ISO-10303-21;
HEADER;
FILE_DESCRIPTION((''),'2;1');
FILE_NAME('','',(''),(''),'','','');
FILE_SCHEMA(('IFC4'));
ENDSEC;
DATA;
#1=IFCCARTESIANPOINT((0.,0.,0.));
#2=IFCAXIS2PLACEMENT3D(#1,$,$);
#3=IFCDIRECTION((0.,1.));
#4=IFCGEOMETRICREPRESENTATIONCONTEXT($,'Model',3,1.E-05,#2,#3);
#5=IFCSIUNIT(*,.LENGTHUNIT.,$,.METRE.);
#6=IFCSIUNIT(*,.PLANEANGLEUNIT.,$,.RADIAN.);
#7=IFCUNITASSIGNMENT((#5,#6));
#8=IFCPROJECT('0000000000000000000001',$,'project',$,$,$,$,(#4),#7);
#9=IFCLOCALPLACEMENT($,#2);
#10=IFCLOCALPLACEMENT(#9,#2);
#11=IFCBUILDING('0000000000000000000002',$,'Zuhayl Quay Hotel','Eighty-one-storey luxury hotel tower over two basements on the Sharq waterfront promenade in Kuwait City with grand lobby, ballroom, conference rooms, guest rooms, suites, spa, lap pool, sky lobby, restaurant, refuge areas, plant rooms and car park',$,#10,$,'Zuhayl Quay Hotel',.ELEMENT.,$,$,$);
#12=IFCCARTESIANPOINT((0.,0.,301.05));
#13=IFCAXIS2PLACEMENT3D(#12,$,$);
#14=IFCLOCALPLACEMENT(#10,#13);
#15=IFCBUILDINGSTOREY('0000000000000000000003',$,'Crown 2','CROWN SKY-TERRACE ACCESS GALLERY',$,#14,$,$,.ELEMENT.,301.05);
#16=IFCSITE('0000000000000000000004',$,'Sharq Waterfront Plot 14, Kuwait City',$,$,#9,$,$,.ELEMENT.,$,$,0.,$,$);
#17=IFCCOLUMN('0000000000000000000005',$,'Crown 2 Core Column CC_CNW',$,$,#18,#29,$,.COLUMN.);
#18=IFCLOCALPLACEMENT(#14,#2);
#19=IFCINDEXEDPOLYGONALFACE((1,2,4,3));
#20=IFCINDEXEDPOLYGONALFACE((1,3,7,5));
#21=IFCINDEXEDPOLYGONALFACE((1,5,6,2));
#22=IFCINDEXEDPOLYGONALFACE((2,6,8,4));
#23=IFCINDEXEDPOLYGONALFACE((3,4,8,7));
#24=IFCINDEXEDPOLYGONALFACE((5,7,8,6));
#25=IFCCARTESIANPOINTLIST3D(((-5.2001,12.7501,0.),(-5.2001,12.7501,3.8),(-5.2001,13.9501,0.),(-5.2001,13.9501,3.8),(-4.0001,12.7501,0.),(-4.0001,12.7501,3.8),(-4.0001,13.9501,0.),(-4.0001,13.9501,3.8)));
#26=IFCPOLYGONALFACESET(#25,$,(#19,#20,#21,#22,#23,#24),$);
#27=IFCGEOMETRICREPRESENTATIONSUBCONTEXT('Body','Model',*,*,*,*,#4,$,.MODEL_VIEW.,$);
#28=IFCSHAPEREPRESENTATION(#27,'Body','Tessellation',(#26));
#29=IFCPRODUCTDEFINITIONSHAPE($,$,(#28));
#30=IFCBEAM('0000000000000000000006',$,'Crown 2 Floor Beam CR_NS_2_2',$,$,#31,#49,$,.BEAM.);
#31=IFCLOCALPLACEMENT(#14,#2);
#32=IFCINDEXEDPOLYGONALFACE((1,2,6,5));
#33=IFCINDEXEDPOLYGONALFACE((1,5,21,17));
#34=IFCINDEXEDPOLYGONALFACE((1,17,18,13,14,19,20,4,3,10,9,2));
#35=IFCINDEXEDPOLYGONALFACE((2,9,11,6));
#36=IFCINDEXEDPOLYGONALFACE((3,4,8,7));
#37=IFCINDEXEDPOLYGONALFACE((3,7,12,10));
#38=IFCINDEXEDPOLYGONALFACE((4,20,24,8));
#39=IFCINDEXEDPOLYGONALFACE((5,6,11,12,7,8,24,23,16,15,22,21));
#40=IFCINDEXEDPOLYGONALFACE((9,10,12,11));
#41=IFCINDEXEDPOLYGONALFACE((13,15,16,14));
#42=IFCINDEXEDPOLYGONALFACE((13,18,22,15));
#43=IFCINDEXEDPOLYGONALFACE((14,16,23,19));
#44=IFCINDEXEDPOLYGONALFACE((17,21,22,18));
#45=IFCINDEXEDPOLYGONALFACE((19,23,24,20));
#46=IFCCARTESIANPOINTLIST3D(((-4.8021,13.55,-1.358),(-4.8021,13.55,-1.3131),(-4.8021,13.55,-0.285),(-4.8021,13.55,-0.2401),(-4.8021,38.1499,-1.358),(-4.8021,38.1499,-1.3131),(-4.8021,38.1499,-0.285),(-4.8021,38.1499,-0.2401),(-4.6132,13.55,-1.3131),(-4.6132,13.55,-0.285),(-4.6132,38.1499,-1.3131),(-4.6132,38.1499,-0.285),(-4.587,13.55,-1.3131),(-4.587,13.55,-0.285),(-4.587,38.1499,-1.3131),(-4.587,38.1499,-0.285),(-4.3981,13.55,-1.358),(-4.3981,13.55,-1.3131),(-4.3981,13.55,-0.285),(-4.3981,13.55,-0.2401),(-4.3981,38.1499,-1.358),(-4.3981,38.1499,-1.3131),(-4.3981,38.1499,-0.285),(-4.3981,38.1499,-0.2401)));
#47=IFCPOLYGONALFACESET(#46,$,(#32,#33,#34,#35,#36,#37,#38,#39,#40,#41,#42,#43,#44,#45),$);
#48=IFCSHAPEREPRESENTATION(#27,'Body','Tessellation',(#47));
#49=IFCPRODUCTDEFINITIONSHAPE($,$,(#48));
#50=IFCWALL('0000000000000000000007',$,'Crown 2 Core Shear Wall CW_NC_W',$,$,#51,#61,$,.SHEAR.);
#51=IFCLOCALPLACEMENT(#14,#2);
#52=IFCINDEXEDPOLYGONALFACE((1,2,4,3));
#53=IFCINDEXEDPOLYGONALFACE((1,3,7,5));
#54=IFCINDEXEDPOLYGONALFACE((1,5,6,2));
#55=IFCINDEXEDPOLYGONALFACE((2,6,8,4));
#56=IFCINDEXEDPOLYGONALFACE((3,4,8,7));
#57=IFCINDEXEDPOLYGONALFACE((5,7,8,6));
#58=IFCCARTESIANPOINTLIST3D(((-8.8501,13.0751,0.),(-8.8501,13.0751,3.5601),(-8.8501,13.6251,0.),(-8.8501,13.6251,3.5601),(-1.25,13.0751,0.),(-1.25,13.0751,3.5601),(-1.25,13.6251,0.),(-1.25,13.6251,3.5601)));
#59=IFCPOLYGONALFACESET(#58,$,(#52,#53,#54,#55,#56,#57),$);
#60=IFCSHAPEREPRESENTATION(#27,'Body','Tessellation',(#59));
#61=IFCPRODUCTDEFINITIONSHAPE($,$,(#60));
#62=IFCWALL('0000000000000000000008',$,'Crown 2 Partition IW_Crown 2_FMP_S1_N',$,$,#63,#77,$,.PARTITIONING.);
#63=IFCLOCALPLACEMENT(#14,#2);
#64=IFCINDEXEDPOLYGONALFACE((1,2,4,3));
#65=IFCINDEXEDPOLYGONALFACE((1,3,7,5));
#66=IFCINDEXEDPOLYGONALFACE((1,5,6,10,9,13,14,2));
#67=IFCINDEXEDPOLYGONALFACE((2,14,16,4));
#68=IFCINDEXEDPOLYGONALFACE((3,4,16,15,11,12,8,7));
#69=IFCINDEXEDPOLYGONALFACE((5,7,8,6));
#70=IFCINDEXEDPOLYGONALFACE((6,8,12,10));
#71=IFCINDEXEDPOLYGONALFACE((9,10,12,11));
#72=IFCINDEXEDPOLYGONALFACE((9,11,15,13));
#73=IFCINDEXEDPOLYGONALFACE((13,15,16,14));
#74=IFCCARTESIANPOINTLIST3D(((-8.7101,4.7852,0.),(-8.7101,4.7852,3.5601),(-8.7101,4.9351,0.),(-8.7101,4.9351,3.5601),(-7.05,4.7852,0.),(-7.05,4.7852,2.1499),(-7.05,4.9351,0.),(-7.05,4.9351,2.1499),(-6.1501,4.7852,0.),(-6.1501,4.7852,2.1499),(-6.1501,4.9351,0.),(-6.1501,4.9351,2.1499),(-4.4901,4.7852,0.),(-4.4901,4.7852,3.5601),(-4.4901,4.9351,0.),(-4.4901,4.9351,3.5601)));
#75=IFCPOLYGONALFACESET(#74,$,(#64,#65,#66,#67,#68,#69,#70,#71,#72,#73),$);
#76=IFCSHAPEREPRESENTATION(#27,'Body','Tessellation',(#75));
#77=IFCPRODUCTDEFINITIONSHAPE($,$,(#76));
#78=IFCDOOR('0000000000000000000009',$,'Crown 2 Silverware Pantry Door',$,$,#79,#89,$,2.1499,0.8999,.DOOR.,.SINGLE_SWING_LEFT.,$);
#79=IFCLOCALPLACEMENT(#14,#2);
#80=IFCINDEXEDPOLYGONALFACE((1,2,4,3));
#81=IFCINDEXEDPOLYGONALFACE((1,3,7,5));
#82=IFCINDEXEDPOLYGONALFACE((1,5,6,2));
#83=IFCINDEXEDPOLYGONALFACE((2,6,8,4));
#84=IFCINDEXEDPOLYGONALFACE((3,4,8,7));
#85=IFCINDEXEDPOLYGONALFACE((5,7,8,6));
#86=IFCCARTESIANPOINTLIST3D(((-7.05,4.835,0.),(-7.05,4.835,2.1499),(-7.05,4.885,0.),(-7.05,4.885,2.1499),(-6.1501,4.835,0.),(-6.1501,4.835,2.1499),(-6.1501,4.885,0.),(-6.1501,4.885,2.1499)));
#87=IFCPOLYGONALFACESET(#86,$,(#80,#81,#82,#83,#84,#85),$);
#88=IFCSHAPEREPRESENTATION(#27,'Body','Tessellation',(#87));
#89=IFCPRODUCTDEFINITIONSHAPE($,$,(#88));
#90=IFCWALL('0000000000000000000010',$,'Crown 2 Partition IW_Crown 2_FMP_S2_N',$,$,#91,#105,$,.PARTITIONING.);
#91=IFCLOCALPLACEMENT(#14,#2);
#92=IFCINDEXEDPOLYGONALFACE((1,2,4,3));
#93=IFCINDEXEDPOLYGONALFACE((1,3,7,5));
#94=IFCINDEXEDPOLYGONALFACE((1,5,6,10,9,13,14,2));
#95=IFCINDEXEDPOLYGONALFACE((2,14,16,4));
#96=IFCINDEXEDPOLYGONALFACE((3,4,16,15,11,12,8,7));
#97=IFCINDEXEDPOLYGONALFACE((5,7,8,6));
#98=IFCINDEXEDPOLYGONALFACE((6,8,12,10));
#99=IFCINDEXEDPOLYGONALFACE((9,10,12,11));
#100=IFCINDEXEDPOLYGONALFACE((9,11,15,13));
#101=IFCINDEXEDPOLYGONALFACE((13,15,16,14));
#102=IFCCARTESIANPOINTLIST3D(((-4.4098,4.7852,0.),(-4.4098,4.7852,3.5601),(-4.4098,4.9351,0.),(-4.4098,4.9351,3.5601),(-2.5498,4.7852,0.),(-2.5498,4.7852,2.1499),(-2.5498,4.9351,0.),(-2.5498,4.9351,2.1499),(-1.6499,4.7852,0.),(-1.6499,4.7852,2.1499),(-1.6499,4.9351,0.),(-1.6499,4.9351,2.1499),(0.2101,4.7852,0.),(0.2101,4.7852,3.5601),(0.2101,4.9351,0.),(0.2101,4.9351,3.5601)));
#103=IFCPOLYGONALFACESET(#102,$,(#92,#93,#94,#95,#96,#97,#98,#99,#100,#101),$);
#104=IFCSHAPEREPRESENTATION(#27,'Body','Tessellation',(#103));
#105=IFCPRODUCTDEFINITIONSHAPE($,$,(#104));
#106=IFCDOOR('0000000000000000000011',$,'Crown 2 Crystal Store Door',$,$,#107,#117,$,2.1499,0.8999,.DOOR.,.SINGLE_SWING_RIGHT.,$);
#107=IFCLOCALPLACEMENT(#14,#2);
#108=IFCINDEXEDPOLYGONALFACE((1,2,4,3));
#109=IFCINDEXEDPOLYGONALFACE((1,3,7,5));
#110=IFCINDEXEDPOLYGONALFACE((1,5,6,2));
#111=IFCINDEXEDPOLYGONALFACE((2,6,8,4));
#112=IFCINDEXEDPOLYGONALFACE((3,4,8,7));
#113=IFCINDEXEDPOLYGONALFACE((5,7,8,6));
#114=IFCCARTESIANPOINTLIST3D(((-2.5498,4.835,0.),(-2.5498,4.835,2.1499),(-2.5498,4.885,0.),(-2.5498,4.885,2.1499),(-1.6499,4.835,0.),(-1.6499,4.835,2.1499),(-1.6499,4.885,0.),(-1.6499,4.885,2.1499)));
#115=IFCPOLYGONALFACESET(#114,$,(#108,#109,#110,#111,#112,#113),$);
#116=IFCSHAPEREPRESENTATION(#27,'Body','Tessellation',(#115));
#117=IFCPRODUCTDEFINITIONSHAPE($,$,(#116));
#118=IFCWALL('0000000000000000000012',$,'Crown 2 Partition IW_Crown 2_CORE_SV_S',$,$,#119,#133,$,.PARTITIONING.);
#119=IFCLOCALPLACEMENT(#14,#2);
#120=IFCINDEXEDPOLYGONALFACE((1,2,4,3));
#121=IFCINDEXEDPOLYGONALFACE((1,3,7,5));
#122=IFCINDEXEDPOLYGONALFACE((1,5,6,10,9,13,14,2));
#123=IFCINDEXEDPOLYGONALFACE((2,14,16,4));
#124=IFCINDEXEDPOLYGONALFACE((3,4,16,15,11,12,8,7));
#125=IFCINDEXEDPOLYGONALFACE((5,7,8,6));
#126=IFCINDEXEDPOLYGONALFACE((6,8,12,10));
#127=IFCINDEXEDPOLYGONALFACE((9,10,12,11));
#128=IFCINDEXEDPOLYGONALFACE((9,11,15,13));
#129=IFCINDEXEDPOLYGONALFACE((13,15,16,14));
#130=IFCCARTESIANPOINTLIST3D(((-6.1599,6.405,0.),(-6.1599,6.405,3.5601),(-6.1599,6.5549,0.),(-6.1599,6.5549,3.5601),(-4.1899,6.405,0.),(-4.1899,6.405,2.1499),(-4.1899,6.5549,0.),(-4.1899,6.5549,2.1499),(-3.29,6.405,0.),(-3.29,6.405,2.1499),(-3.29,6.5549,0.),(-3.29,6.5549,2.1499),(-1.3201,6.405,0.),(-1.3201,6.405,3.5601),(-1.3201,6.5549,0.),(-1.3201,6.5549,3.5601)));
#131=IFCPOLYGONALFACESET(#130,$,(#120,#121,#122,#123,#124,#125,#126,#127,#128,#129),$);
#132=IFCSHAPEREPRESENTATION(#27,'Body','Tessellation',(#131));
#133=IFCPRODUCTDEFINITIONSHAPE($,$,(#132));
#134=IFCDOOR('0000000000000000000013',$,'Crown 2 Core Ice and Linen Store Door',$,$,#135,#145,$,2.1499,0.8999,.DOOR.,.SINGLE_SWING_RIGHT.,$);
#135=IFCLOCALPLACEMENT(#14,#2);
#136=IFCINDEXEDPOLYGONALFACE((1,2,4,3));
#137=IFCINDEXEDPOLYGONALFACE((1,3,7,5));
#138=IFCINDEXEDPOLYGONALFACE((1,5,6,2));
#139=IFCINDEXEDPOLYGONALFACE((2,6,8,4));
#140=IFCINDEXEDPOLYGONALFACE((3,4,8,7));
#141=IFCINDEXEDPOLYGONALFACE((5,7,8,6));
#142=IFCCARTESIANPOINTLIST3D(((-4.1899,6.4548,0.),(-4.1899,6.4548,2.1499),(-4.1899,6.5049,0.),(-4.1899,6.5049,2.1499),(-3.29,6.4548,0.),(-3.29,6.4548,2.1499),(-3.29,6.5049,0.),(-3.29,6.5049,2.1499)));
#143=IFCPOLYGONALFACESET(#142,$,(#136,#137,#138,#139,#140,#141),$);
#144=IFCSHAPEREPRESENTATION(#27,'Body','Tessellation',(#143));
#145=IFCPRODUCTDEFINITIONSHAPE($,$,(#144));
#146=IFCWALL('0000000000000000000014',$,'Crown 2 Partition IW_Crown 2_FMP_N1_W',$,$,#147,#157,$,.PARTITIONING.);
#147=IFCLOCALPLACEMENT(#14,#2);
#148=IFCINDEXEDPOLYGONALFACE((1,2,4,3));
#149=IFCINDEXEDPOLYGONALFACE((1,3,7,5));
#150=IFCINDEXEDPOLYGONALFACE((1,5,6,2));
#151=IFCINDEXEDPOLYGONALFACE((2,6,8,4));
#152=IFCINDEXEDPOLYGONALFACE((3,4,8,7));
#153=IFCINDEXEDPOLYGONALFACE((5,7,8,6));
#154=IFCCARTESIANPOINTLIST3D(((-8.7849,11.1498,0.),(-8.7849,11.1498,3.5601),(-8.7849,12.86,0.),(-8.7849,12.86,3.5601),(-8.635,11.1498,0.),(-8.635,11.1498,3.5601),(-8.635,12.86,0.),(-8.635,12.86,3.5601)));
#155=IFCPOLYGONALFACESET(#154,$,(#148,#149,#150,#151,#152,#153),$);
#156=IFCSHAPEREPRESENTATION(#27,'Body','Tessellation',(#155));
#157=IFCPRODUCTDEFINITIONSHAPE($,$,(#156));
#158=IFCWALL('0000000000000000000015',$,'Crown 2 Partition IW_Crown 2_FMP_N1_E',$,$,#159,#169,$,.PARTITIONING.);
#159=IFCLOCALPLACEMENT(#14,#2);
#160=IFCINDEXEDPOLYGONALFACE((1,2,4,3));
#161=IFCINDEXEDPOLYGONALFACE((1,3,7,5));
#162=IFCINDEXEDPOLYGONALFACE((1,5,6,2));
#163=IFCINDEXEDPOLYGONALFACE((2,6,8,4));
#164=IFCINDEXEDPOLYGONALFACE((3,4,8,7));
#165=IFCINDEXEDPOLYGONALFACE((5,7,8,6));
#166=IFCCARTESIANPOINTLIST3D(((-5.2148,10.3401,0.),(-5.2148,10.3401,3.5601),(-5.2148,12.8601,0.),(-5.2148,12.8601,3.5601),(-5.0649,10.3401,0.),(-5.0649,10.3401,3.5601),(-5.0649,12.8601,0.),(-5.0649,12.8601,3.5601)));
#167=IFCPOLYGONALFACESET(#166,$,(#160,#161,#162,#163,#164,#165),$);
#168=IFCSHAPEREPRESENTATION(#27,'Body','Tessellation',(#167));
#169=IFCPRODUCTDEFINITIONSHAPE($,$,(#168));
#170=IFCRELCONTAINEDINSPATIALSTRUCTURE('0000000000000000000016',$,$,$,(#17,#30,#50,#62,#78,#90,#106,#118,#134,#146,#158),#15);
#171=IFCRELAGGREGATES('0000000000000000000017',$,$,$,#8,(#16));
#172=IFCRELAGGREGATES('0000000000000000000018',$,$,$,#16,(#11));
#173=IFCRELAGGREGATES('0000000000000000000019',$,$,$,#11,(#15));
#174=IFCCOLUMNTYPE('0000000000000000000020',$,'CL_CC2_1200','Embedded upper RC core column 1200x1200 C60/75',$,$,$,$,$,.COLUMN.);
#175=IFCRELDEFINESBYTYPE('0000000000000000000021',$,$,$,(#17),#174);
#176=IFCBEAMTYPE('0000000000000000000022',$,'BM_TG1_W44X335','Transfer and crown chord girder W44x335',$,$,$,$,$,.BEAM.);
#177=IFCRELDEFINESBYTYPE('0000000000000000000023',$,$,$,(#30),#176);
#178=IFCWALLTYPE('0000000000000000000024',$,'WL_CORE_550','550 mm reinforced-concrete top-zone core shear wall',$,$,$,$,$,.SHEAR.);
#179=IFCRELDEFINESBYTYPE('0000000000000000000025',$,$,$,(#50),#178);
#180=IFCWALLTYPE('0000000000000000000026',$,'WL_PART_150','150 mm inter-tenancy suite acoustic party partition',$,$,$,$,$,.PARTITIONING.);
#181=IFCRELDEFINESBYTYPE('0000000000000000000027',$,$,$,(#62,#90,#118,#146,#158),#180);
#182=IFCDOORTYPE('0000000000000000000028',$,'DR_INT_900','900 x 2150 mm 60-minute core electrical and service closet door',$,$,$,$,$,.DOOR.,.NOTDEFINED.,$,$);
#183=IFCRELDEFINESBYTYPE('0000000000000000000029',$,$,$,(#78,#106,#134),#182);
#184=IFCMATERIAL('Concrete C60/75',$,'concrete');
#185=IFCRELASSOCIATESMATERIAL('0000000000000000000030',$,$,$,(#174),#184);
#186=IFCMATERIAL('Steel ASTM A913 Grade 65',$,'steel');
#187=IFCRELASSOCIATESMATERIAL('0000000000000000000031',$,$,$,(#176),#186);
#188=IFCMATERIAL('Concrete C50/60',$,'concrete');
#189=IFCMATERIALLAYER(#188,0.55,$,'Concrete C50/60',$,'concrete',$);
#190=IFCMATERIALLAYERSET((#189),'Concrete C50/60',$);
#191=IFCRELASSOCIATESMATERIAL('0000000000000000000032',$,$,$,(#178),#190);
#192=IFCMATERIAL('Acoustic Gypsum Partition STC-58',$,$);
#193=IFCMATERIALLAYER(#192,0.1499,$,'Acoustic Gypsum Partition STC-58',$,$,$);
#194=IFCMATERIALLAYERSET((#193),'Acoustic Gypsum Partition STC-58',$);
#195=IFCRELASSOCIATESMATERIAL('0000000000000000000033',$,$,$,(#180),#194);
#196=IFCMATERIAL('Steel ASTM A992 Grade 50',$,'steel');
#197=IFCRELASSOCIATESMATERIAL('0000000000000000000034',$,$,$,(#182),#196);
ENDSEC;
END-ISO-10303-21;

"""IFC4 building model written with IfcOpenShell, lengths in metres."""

from ifc_helpers import new_model, si_unit, direction, frame, frame_2d, origin, origin_2d, place, context, subcontext, project, spatial, rectangle, i_section, extrude, material, layer, layer_set, material_profile, profile_set, type_object, element, fill, save


model = new_model("IFC4")

# Units and contexts
model_context = context("Model", 3, precision=1e-05, world=origin(), true_north=direction((0.0, 1.0)))
body_context = subcontext(model_context, "Body", "Model", "MODEL_VIEW")
ifc_project = project(units=[si_unit("LENGTHUNIT", "METRE"), si_unit("PLANEANGLEUNIT", "RADIAN")], contexts=[model_context])

# Site, building, storey
site_placement = place(None, origin())
site = spatial("IfcSite", under=ifc_project, at=site_placement, Name="Sharq Waterfront Plot 14, Kuwait City", CompositionType="ELEMENT", RefElevation=0.0)
building_placement = place(site_placement, origin())
building = spatial("IfcBuilding", under=site, at=building_placement, Name="Zuhayl Quay Hotel", Description="Eighty-one-storey luxury hotel tower over two basements on the Sharq waterfront promenade in Kuwait City with grand lobby, ballroom, conference rooms, guest rooms, suites, spa, lap pool, sky lobby, restaurant, refuge areas, plant rooms and car park", LongName="Zuhayl Quay Hotel", CompositionType="ELEMENT")
storey_placement = place(building_placement, frame((0.0, 0.0, 301.05)))
storey = spatial("IfcBuildingStorey", under=building, at=storey_placement, Name="Crown 2", Description="CROWN SKY-TERRACE ACCESS GALLERY", CompositionType="ELEMENT", Elevation=301.05)

# Column
ifc_material_1 = material(Name="Concrete C60/75", Category="concrete")
ifc_material_profile_1 = material_profile(ifc_material_1, rectangle(XDim=1.2, YDim=1.2, at=origin_2d()), Name="RC1200X1200")
ifc_profile_set_1 = profile_set([ifc_material_profile_1], Name="Concrete C60/75")
column_type = type_object("IfcColumnType", Name="CL_CC2_1200", Description="Embedded upper RC core column 1200x1200 C60/75", PredefinedType="COLUMN", material=ifc_profile_set_1)
column_placement = place(storey_placement, frame((-4.6001, 13.3501, 0.0), z_axis=(0.0, 0.0, 1.0), x_axis=(1.0, 0.0, 0.0)))
element("IfcColumn", 1, at=column_placement, inside=storey, type_object=column_type, Name="Crown 2 Core Column CC_CNW", PredefinedType="COLUMN", context=body_context, shape_type="SweptSolid", body=[
    extrude(rectangle(XDim=1.2, YDim=1.2, at=origin_2d()), origin(), (0.0, 0.0, 1.0), 3.8),
])

# Beam
ifc_material_2 = material(Name="Steel ASTM A913 Grade 65", Category="steel")
ifc_material_profile_2 = material_profile(ifc_material_2, i_section(OverallWidth=0.4041, OverallDepth=1.1179, WebThickness=0.0261, FlangeThickness=0.0449, at=origin_2d()), Name="W44X335")
ifc_profile_set_2 = profile_set([ifc_material_profile_2], Name="Steel ASTM A913 Grade 65")
beam_type = type_object("IfcBeamType", Name="BM_TG1_W44X335", Description="Transfer and crown chord girder W44x335", PredefinedType="BEAM", material=ifc_profile_set_2)
beam_placement = place(storey_placement, frame((-4.6001, 13.55, -0.7991), z_axis=(0.0, 1.0, 0.0), x_axis=(-1.0, 0.0, 0.0)))
element("IfcBeam", 2, at=beam_placement, inside=storey, type_object=beam_type, Name="Crown 2 Floor Beam CR_NS_2_2", PredefinedType="BEAM", context=body_context, shape_type="SweptSolid", body=[
    extrude(i_section(OverallWidth=0.4041, OverallDepth=1.1179, WebThickness=0.0261, FlangeThickness=0.0449, at=origin_2d()), origin(), (0.0, 0.0, 1.0), 24.5999),
])

# Wall
ifc_material_3 = material(Name="Concrete C50/60", Category="concrete")
ifc_layer_1 = layer(ifc_material_3, 0.55, Name="Concrete C50/60", Category="concrete")
ifc_layer_set_1 = layer_set([ifc_layer_1], Name="Concrete C50/60")
wall_type_1 = type_object("IfcWallType", Name="WL_CORE_550", Description="550 mm reinforced-concrete top-zone core shear wall", PredefinedType="SHEAR", material=ifc_layer_set_1)
wall_1_placement = place(storey_placement, frame((-8.8501, 13.3501, 0.0), z_axis=(0.0, 0.0, 1.0), x_axis=(1.0, 0.0, 0.0)))
element("IfcWall", 3, at=wall_1_placement, inside=storey, type_object=wall_type_1, Name="Crown 2 Core Shear Wall CW_NC_W", PredefinedType="SHEAR", context=body_context, shape_type="SweptSolid", body=[
    extrude(rectangle(XDim=7.6001, YDim=0.55, at=frame_2d((3.8, 0.0))), origin(), (0.0, 0.0, 1.0), 3.5601),
])

# Walls, openings, doors
ifc_material_4 = material(Name="Acoustic Gypsum Partition STC-58")
ifc_layer_2 = layer(ifc_material_4, 0.1499, Name="Acoustic Gypsum Partition STC-58")
ifc_layer_set_2 = layer_set([ifc_layer_2], Name="Acoustic Gypsum Partition STC-58")
wall_type_2 = type_object("IfcWallType", Name="WL_PART_150", Description="150 mm inter-tenancy suite acoustic party partition", PredefinedType="PARTITIONING", material=ifc_layer_set_2)
wall_2_placement = place(storey_placement, frame((-8.71, 4.8601, 0.0), z_axis=(0.0, 0.0, 1.0), x_axis=(1.0, 0.0, 0.0)))
wall_2 = element("IfcWall", 4, at=wall_2_placement, inside=storey, type_object=wall_type_2, Name="Crown 2 Partition IW_Crown 2_FMP_S1_N", PredefinedType="PARTITIONING", context=body_context, shape_type="SweptSolid", body=[
    extrude(rectangle(XDim=4.22, YDim=0.1499, at=frame_2d((2.1099, 0.0))), origin(), (0.0, 0.0, 1.0), 3.5601),
])
opening_1_placement = place(wall_2_placement, frame((1.6599, 0.0, 0.0)))
opening_1 = element("IfcOpeningElement", 5, at=opening_1_placement, cuts=wall_2, PredefinedType="OPENING", context=body_context, shape_type="SweptSolid", body=[
    extrude(rectangle(XDim=0.8999, YDim=2.1499, at=frame_2d((0.45, 1.075))), frame((0.0, 0.085, 0.0), z_axis=(0.0, -1.0, 0.0), x_axis=(1.0, 0.0, 0.0)), (0.0, 0.0, 1.0), 0.1699),
])
ifc_material_5 = material(Name="Steel ASTM A992 Grade 50", Category="steel")
door_type_1 = type_object("IfcDoorType", Name="DR_INT_900", Description="900 x 2150 mm 60-minute core electrical and service closet door", OperationType="NOTDEFINED", PredefinedType="DOOR", material=ifc_material_5)
door_1_placement = place(opening_1_placement, origin())
door_1 = element("IfcDoor", 6, at=door_1_placement, inside=storey, type_object=door_type_1, Name="Crown 2 Silverware Pantry Door", OperationType="SINGLE_SWING_LEFT", OverallHeight=2.1499, OverallWidth=0.8999, PredefinedType="DOOR", context=body_context, shape_type="SweptSolid", body=[
    extrude(rectangle(XDim=0.8999, YDim=2.1499, at=frame_2d((0.45, 1.075))), frame((0.0, 0.0249, 0.0), z_axis=(0.0, -1.0, 0.0), x_axis=(1.0, 0.0, 0.0)), (0.0, 0.0, 1.0), 0.05),
])
fill(opening_1, door_1)
wall_3_placement = place(storey_placement, frame((-4.4099, 4.8601, 0.0), z_axis=(0.0, 0.0, 1.0), x_axis=(1.0, 0.0, 0.0)))
wall_3 = element("IfcWall", 7, at=wall_3_placement, inside=storey, type_object=wall_type_2, Name="Crown 2 Partition IW_Crown 2_FMP_S2_N", PredefinedType="PARTITIONING", context=body_context, shape_type="SweptSolid", body=[
    extrude(rectangle(XDim=4.6199, YDim=0.1499, at=frame_2d((2.3101, 0.0))), origin(), (0.0, 0.0, 1.0), 3.5601),
])
opening_2_placement = place(wall_3_placement, frame((1.8601, 0.0, 0.0)))
opening_2 = element("IfcOpeningElement", 8, at=opening_2_placement, cuts=wall_3, PredefinedType="OPENING", context=body_context, shape_type="SweptSolid", body=[
    extrude(rectangle(XDim=0.8999, YDim=2.1499, at=frame_2d((0.45, 1.075))), frame((0.0, 0.085, 0.0), z_axis=(0.0, -1.0, 0.0), x_axis=(1.0, 0.0, 0.0)), (0.0, 0.0, 1.0), 0.1699),
])
door_2_placement = place(opening_2_placement, origin())
door_2 = element("IfcDoor", 9, at=door_2_placement, inside=storey, type_object=door_type_1, Name="Crown 2 Crystal Store Door", OperationType="SINGLE_SWING_RIGHT", OverallHeight=2.1499, OverallWidth=0.8999, PredefinedType="DOOR", context=body_context, shape_type="SweptSolid", body=[
    extrude(rectangle(XDim=0.8999, YDim=2.1499, at=frame_2d((0.45, 1.075))), frame((0.0, 0.0249, 0.0), z_axis=(0.0, -1.0, 0.0), x_axis=(1.0, 0.0, 0.0)), (0.0, 0.0, 1.0), 0.05),
])
fill(opening_2, door_2)
wall_4_placement = place(storey_placement, frame((-6.1599, 6.48, 0.0), z_axis=(0.0, 0.0, 1.0), x_axis=(1.0, 0.0, 0.0)))
wall_4 = element("IfcWall", 10, at=wall_4_placement, inside=storey, type_object=wall_type_2, Name="Crown 2 Partition IW_Crown 2_CORE_SV_S", PredefinedType="PARTITIONING", context=body_context, shape_type="SweptSolid", body=[
    extrude(rectangle(XDim=4.8398, YDim=0.1499, at=frame_2d((2.4199, 0.0))), origin(), (0.0, 0.0, 1.0), 3.5601),
])
opening_3_placement = place(wall_4_placement, frame((1.97, 0.0, 0.0)))
opening_3 = element("IfcOpeningElement", 11, at=opening_3_placement, cuts=wall_4, PredefinedType="OPENING", context=body_context, shape_type="SweptSolid", body=[
    extrude(rectangle(XDim=0.8999, YDim=2.1499, at=frame_2d((0.45, 1.075))), frame((0.0, 0.085, 0.0), z_axis=(0.0, -1.0, 0.0), x_axis=(1.0, 0.0, 0.0)), (0.0, 0.0, 1.0), 0.1699),
])
door_3_placement = place(opening_3_placement, origin())
door_3 = element("IfcDoor", 12, at=door_3_placement, inside=storey, type_object=door_type_1, Name="Crown 2 Core Ice and Linen Store Door", OperationType="SINGLE_SWING_RIGHT", OverallHeight=2.1499, OverallWidth=0.8999, PredefinedType="DOOR", context=body_context, shape_type="SweptSolid", body=[
    extrude(rectangle(XDim=0.8999, YDim=2.1499, at=frame_2d((0.45, 1.075))), frame((0.0, 0.0249, 0.0), z_axis=(0.0, -1.0, 0.0), x_axis=(1.0, 0.0, 0.0)), (0.0, 0.0, 1.0), 0.05),
])
fill(opening_3, door_3)

# Walls
wall_5_placement = place(storey_placement, frame((-8.71, 11.1499, 0.0), z_axis=(0.0, 0.0, 1.0), x_axis=(0.0, 1.0, 0.0)))
element("IfcWall", 13, at=wall_5_placement, inside=storey, type_object=wall_type_2, Name="Crown 2 Partition IW_Crown 2_FMP_N1_W", PredefinedType="PARTITIONING", context=body_context, shape_type="SweptSolid", body=[
    extrude(rectangle(XDim=1.7102, YDim=0.1499, at=frame_2d((0.855, 0.0))), origin(), (0.0, 0.0, 1.0), 3.5601),
])
wall_6_placement = place(storey_placement, frame((-5.1399, 10.3401, 0.0), z_axis=(0.0, 0.0, 1.0), x_axis=(0.0, 1.0, 0.0)))
element("IfcWall", 14, at=wall_6_placement, inside=storey, type_object=wall_type_2, Name="Crown 2 Partition IW_Crown 2_FMP_N1_E", PredefinedType="PARTITIONING", context=body_context, shape_type="SweptSolid", body=[
    extrude(rectangle(XDim=2.52, YDim=0.1499, at=frame_2d((1.26, 0.0))), origin(), (0.0, 0.0, 1.0), 3.5601),
])

save(model, "model.ifc")
